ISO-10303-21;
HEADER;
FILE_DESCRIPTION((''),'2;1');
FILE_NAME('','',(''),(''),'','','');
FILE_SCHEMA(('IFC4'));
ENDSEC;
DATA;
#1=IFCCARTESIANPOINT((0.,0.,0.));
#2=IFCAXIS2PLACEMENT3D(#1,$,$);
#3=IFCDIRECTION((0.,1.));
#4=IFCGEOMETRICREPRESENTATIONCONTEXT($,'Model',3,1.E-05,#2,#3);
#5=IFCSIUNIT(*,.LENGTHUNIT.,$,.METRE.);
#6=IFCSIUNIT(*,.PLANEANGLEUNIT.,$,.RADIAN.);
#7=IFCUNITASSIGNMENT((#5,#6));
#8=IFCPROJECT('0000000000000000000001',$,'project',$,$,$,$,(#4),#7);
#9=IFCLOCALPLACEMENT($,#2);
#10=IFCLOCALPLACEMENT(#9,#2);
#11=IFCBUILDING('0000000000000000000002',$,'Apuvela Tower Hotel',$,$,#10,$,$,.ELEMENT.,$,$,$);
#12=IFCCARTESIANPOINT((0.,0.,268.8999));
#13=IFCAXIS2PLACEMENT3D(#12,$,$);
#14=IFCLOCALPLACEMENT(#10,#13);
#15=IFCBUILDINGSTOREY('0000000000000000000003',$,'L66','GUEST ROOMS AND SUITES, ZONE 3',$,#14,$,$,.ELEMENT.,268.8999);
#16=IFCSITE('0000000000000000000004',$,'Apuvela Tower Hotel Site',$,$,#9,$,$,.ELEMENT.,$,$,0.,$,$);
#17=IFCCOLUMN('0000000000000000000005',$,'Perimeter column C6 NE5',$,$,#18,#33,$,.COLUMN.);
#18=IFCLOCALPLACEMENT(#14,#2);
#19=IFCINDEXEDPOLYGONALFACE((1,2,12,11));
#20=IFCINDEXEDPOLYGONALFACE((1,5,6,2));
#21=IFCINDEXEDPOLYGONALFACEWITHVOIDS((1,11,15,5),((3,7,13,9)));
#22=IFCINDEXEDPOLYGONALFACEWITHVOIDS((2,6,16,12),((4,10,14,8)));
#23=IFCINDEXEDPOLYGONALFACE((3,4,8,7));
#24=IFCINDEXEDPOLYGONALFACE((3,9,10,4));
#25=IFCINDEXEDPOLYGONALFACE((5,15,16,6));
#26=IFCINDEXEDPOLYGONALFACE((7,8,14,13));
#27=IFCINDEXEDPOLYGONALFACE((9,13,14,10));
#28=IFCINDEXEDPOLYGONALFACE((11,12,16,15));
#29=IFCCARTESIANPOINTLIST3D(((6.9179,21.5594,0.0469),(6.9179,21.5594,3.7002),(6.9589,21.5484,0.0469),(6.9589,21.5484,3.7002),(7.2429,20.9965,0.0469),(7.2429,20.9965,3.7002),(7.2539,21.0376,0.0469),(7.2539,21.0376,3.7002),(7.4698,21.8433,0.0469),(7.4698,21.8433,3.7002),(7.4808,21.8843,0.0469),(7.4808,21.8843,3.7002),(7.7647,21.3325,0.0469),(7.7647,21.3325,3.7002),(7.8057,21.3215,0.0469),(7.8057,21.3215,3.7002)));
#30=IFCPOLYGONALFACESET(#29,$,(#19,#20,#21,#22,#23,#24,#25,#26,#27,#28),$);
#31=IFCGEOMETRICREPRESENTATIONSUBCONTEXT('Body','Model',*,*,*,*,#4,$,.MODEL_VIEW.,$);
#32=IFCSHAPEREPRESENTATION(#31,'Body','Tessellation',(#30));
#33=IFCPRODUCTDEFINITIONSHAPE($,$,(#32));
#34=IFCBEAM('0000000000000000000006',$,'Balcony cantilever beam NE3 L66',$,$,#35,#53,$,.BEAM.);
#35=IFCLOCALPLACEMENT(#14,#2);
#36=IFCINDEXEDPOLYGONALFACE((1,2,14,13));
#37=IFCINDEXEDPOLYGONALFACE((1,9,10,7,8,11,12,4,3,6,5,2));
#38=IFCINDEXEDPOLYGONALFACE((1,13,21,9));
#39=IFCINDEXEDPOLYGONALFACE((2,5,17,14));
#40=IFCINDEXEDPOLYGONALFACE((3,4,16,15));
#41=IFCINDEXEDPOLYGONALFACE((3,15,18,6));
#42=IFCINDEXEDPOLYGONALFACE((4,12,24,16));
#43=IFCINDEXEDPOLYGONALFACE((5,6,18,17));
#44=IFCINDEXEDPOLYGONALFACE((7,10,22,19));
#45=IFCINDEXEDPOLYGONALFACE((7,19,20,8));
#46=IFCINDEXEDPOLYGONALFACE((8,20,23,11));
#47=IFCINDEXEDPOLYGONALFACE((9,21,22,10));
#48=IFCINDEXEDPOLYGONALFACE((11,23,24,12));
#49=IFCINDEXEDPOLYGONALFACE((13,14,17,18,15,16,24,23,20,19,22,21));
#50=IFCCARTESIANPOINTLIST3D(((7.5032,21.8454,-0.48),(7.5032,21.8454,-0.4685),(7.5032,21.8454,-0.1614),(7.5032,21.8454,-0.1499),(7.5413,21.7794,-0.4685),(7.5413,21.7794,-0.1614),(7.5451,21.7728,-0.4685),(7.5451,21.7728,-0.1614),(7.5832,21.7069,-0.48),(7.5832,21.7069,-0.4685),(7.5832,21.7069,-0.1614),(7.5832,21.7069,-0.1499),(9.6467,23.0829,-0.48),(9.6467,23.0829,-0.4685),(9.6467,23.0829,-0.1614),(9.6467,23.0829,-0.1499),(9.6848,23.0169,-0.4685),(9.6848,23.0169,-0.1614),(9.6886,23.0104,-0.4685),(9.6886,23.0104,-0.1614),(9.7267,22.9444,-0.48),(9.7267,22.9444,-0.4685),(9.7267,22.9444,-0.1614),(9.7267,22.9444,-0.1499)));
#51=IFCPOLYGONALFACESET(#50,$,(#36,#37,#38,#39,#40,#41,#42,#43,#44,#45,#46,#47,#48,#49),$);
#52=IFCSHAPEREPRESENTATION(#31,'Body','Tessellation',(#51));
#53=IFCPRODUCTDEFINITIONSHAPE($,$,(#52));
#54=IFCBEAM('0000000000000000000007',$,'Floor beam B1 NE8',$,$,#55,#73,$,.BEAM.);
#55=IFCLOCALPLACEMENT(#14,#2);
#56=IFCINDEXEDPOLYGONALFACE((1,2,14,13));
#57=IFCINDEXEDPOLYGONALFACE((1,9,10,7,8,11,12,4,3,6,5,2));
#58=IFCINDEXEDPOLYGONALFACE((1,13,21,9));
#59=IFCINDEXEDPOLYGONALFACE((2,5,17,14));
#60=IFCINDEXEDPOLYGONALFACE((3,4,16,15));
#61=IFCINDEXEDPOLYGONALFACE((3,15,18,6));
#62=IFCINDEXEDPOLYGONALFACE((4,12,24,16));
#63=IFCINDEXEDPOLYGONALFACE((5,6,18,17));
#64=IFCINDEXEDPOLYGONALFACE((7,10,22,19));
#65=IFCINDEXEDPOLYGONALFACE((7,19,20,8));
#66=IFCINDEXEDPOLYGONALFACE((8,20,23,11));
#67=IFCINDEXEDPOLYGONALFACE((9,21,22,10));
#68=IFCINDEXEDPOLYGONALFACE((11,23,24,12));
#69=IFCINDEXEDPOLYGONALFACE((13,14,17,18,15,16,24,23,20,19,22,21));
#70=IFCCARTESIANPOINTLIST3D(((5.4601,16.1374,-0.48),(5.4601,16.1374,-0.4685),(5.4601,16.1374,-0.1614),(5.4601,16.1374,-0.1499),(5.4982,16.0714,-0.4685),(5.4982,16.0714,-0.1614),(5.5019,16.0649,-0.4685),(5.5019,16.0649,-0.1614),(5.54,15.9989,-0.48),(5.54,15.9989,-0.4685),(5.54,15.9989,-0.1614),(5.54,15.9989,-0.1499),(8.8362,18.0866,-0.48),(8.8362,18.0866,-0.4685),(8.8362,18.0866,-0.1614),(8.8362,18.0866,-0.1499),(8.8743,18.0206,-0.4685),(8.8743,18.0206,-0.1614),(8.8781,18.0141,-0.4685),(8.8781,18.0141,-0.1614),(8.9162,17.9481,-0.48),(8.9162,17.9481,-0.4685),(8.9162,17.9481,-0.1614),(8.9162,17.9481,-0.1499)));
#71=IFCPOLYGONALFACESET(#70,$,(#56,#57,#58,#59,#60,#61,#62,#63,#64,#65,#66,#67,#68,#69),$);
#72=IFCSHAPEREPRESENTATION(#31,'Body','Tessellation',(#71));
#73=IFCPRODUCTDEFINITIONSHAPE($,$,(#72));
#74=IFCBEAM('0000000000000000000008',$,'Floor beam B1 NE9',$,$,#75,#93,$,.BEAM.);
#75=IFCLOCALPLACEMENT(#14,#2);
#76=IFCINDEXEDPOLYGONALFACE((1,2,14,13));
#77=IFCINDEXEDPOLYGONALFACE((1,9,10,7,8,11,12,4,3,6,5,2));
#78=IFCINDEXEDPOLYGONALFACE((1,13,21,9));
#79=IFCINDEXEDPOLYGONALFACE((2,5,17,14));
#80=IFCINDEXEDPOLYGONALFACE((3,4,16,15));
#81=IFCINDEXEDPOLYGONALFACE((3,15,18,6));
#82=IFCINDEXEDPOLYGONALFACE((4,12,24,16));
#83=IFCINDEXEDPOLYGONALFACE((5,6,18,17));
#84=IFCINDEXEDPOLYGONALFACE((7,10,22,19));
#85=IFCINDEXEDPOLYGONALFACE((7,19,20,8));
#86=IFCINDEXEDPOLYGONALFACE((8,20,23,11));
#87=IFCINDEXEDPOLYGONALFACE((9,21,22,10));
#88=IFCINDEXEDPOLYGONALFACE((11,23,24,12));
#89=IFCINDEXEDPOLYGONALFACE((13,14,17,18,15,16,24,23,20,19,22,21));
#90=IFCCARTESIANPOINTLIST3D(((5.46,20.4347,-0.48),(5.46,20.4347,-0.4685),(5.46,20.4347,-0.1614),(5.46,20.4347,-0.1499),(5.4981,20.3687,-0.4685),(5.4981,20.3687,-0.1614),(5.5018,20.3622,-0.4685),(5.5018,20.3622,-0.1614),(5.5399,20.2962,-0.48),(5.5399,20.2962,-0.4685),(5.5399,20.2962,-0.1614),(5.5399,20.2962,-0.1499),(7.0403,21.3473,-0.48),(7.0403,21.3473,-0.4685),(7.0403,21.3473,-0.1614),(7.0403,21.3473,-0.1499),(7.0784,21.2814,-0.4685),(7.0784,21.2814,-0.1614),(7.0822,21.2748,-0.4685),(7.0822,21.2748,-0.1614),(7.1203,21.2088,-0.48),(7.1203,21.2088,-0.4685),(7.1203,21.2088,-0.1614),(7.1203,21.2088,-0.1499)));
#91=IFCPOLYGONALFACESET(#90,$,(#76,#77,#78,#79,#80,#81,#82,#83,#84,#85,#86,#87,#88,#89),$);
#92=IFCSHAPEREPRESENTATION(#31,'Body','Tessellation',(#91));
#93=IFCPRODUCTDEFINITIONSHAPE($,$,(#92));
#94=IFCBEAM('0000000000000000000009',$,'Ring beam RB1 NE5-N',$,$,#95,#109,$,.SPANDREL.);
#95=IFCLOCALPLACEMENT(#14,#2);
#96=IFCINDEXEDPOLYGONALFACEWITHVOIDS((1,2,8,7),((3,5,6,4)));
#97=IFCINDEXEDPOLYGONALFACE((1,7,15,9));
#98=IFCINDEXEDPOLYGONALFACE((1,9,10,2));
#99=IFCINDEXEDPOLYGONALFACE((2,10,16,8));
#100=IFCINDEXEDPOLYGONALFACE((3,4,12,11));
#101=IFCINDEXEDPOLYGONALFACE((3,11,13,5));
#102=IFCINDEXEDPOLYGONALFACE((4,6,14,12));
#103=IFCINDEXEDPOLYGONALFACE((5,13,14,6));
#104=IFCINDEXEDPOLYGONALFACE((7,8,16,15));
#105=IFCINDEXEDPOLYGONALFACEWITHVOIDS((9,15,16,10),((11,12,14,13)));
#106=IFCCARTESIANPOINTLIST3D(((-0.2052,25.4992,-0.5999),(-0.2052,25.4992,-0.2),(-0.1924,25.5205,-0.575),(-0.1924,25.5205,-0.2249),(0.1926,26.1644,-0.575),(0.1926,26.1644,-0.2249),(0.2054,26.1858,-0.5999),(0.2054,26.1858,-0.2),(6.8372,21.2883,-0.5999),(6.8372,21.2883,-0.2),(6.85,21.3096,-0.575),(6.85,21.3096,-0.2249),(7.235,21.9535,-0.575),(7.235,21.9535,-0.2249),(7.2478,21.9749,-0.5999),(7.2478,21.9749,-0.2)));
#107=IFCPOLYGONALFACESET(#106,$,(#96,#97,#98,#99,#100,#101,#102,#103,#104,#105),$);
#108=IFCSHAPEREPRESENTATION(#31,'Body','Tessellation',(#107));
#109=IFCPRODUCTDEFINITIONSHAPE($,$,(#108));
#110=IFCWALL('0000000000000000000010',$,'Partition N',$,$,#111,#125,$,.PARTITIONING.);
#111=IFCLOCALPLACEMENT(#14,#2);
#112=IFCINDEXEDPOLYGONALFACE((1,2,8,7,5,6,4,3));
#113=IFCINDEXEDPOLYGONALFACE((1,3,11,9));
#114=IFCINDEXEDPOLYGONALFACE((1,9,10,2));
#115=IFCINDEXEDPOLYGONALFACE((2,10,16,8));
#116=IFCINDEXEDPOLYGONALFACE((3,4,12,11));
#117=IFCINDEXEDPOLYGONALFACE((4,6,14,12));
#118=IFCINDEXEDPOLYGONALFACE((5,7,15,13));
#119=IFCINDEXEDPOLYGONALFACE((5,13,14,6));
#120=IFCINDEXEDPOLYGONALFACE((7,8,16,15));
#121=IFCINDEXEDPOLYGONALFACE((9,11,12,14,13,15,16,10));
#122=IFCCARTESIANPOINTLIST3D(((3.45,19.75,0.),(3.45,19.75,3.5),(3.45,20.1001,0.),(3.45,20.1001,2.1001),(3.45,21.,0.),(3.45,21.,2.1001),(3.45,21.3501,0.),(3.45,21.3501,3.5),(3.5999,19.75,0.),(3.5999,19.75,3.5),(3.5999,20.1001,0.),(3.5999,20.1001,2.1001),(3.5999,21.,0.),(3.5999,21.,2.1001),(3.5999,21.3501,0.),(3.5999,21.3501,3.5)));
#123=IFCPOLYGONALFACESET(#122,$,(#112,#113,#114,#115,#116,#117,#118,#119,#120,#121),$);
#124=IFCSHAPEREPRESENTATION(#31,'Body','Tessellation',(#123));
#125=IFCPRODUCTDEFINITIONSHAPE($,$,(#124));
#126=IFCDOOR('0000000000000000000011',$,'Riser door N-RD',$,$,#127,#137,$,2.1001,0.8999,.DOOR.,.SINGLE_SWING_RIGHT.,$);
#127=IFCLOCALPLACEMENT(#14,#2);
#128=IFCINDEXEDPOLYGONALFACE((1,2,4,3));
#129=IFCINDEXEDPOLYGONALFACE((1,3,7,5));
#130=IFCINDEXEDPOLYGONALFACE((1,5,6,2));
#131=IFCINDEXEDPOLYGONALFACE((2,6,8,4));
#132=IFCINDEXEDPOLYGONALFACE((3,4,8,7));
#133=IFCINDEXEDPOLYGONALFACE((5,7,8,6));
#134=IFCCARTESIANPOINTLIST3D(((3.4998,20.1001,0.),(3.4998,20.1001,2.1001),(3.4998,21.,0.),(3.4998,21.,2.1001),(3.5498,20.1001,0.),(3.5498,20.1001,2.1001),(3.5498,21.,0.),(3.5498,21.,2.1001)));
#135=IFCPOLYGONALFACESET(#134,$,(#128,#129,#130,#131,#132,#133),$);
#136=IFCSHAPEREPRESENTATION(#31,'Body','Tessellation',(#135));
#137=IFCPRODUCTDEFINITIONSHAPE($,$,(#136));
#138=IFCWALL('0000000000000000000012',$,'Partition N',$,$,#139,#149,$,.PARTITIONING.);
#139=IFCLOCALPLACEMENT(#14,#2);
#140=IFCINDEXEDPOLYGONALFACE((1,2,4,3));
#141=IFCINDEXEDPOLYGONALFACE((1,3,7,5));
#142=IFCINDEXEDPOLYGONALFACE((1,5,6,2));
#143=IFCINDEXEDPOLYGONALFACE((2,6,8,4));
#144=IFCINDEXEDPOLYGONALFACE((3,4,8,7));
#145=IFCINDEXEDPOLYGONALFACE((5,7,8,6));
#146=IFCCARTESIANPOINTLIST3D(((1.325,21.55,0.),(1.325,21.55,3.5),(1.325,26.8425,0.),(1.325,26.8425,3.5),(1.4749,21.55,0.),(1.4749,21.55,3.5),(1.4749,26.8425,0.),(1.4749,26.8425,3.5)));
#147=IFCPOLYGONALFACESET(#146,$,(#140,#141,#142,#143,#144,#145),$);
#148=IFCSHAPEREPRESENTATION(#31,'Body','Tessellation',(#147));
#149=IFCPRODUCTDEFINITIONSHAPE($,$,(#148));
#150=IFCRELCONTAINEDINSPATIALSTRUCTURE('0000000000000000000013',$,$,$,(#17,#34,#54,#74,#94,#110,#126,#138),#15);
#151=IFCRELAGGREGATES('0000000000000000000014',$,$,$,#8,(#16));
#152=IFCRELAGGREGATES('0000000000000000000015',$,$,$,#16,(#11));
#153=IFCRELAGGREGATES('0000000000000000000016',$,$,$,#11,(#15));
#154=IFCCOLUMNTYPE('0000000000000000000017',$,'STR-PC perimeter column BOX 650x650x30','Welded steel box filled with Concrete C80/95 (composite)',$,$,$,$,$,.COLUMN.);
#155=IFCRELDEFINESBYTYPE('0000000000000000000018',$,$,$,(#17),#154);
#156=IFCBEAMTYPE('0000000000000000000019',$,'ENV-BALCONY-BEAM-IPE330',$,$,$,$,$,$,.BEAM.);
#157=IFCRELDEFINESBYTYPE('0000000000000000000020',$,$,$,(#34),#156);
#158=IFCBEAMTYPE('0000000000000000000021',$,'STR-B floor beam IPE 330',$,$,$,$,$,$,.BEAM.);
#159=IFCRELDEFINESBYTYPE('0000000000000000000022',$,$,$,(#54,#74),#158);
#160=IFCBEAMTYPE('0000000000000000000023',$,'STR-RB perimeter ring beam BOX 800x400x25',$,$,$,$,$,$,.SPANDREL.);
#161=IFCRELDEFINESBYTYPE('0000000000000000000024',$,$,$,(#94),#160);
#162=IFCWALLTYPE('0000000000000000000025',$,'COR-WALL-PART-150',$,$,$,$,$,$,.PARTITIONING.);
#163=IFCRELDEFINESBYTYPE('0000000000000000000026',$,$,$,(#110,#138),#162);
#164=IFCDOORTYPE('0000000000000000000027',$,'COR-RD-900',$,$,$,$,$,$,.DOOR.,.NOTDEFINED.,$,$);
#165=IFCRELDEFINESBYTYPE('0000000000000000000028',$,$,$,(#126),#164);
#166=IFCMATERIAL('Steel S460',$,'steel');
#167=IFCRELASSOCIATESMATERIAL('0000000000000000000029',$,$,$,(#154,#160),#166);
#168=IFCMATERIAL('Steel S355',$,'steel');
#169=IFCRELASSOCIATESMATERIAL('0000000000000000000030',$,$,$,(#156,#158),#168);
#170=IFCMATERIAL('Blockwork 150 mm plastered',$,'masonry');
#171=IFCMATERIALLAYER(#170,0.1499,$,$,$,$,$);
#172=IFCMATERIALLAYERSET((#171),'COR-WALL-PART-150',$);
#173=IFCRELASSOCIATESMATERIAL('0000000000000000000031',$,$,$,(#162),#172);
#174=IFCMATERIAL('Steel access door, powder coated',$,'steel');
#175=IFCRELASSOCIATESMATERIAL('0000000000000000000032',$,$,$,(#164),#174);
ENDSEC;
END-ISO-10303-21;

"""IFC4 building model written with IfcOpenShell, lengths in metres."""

from ifc_helpers import new_model, si_unit, direction, frame, frame_2d, origin, origin_2d, place, context, subcontext, project, spatial, rectangle, hollow_rectangle, i_section, extrude, boolean, halfspace, material, layer, layer_set, material_profile, profile_set, type_object, element, fill, save


model = new_model("IFC4")

# Units and contexts
model_context = context("Model", 3, precision=1e-05, world=origin(), true_north=direction((0.0, 1.0)))
body_context = subcontext(model_context, "Body", "Model", "MODEL_VIEW")
ifc_project = project(units=[si_unit("LENGTHUNIT", "METRE"), si_unit("PLANEANGLEUNIT", "RADIAN")], contexts=[model_context])

# Site, building, storey
site_placement = place(None, origin())
site = spatial("IfcSite", under=ifc_project, at=site_placement, Name="Apuvela Tower Hotel Site", CompositionType="ELEMENT", RefElevation=0.0)
building_placement = place(site_placement, origin())
building = spatial("IfcBuilding", under=site, at=building_placement, Name="Apuvela Tower Hotel", CompositionType="ELEMENT")
storey_placement = place(building_placement, frame((0.0, 0.0, 268.8999)))
storey = spatial("IfcBuildingStorey", under=building, at=storey_placement, Name="L66", Description="GUEST ROOMS AND SUITES, ZONE 3", CompositionType="ELEMENT", Elevation=268.8999)

# Column
ifc_material_1 = material(Name="Steel S460", Category="steel")
ifc_material_profile_1 = material_profile(ifc_material_1, hollow_rectangle(XDim=0.6499, YDim=0.6499, WallThickness=0.03, at=origin_2d()), Name="BOX 650x650x30")
ifc_material_2 = material(Name="Concrete C80/95", Category="concrete")
ifc_material_profile_2 = material_profile(ifc_material_2, rectangle(XDim=0.5901, YDim=0.5901, at=origin_2d()), Name="Concrete C80/95 infill")
ifc_profile_set_1 = profile_set([ifc_material_profile_1, ifc_material_profile_2], Name="Steel S460")
column_type = type_object("IfcColumnType", Name="STR-PC perimeter column BOX 650x650x30", Description="Welded steel box filled with Concrete C80/95 (composite)", PredefinedType="COLUMN", material=ifc_profile_set_1)
column_placement = place(storey_placement, frame((7.3618, 21.4404, 0.0), z_axis=(0.0, 0.0, 1.0), x_axis=(-0.5, 0.866025, 0.0)))
element("IfcColumn", 1, at=column_placement, inside=storey, type_object=column_type, Name="Perimeter column C6 NE5", PredefinedType="COLUMN", context=body_context, shape_type="SweptSolid", body=[
    boolean("DIFFERENCE", extrude(hollow_rectangle(XDim=0.6499, YDim=0.6499, WallThickness=0.03, at=origin_2d()), origin(), (0.0, 0.0, 1.0), 3.7002), halfspace(frame((0.0, 0.0, 0.0469), z_axis=(0.0, 0.0, 1.0), x_axis=(1.0, 0.0, 0.0)), True)),
])

# Beams
ifc_material_3 = material(Name="Steel S355", Category="steel")
ifc_material_profile_3 = material_profile(ifc_material_3, i_section(OverallWidth=0.1599, OverallDepth=0.3301, WebThickness=0.0076, FlangeThickness=0.0115, at=origin_2d()), Name="IPE 330")
ifc_profile_set_2 = profile_set([ifc_material_profile_3], Name="Steel S355")
beam_type_1 = type_object("IfcBeamType", Name="ENV-BALCONY-BEAM-IPE330", PredefinedType="BEAM", material=ifc_profile_set_2)
beam_1_placement = place(storey_placement, frame((7.5432, 21.7761, -0.3149), z_axis=(0.866031, 0.49999, 0.0), x_axis=(-0.49999, 0.866031, 0.0)))
element("IfcBeam", 2, at=beam_1_placement, inside=storey, type_object=beam_type_1, Name="Balcony cantilever beam NE3 L66", PredefinedType="BEAM", context=body_context, shape_type="SweptSolid", body=[
    extrude(i_section(OverallWidth=0.1599, OverallDepth=0.3301, WebThickness=0.0076, FlangeThickness=0.0115, at=origin_2d()), origin(), (0.0, 0.0, 1.0), 2.4751),
])
ifc_material_profile_4 = material_profile(ifc_material_3, i_section(OverallWidth=0.1599, OverallDepth=0.3301, WebThickness=0.0076, FlangeThickness=0.0115, at=origin_2d()), Name="IPE 330")
ifc_profile_set_3 = profile_set([ifc_material_profile_4], Name="Steel S355")
beam_type_2 = type_object("IfcBeamType", Name="STR-B floor beam IPE 330", PredefinedType="BEAM", material=ifc_profile_set_3)
beam_2_placement = place(storey_placement, frame((8.8762, 18.0173, -0.3149), z_axis=(-0.86603, -0.499992, 0.0), x_axis=(0.499992, -0.86603, 0.0)))
element("IfcBeam", 3, at=beam_2_placement, inside=storey, type_object=beam_type_2, Name="Floor beam B1 NE8", PredefinedType="BEAM", context=body_context, shape_type="SweptSolid", body=[
    extrude(i_section(OverallWidth=0.1599, OverallDepth=0.3301, WebThickness=0.0076, FlangeThickness=0.0115, at=origin_2d()), origin(), (0.0, 0.0, 1.0), 3.8984),
])
beam_3_placement = place(storey_placement, frame((7.0803, 21.2781, -0.3149), z_axis=(-0.865978, -0.500081, 0.0), x_axis=(0.500081, -0.865978, 0.0)))
element("IfcBeam", 4, at=beam_3_placement, inside=storey, type_object=beam_type_2, Name="Floor beam B1 NE9", PredefinedType="BEAM", context=body_context, shape_type="SweptSolid", body=[
    extrude(i_section(OverallWidth=0.1599, OverallDepth=0.3301, WebThickness=0.0076, FlangeThickness=0.0115, at=origin_2d()), origin(), (0.0, 0.0, 1.0), 1.825),
])
ifc_material_profile_5 = material_profile(ifc_material_1, hollow_rectangle(XDim=0.8, YDim=0.3999, WallThickness=0.0249, at=origin_2d()), Name="BOX 800x400x25")
ifc_profile_set_4 = profile_set([ifc_material_profile_5], Name="Steel S460")
beam_type_3 = type_object("IfcBeamType", Name="STR-RB perimeter ring beam BOX 800x400x25", PredefinedType="SPANDREL", material=ifc_profile_set_4)
beam_4_placement = place(storey_placement, frame((7.0425, 21.6316, -0.3999), z_axis=(-0.858274, 0.513191, 0.0), x_axis=(-0.513191, -0.858274, 0.0)))
element("IfcBeam", 5, at=beam_4_placement, inside=storey, type_object=beam_type_3, Name="Ring beam RB1 NE5-N", PredefinedType="SPANDREL", context=body_context, shape_type="SweptSolid", body=[
    extrude(hollow_rectangle(XDim=0.8, YDim=0.3999, WallThickness=0.0249, at=origin_2d()), origin(), (0.0, 0.0, 1.0), 8.2053),
])

# Wall, opening, door
ifc_material_4 = material(Name="Blockwork 150 mm plastered", Category="masonry")
ifc_layer_1 = layer(ifc_material_4, 0.1499)
ifc_layer_set_1 = layer_set([ifc_layer_1], Name="COR-WALL-PART-150")
wall_type_1 = type_object("IfcWallType", Name="COR-WALL-PART-150", PredefinedType="PARTITIONING", material=ifc_layer_set_1)
wall_1_placement = place(storey_placement, frame((3.5249, 19.75, 0.0), z_axis=(0.0, 0.0, 1.0), x_axis=(0.0, 1.0, 0.0)))
wall_1 = element("IfcWall", 6, at=wall_1_placement, inside=storey, type_object=wall_type_1, Name="Partition N", PredefinedType="PARTITIONING", context=body_context, shape_type="SweptSolid", body=[
    extrude(rectangle(XDim=1.6001, YDim=0.1499, at=frame_2d((0.8, 0.0))), origin(), (0.0, 0.0, 1.0), 3.5),
])
opening_1_placement = place(wall_1_placement, frame((0.3501, 0.0, 0.0)))
opening_1 = element("IfcOpeningElement", 7, at=opening_1_placement, cuts=wall_1, PredefinedType="OPENING", context=body_context, shape_type="SweptSolid", body=[
    extrude(rectangle(XDim=0.8999, YDim=2.1001, at=frame_2d((0.45, 1.05))), frame((0.0, 0.085, 0.0), z_axis=(0.0, -1.0, 0.0), x_axis=(1.0, 0.0, 0.0)), (0.0, 0.0, 1.0), 0.1699),
])
ifc_material_5 = material(Name="Steel access door, powder coated", Category="steel")
door_type_1 = type_object("IfcDoorType", Name="COR-RD-900", OperationType="NOTDEFINED", PredefinedType="DOOR", material=ifc_material_5)
door_1_placement = place(opening_1_placement, frame((0.8999, 0.0, 0.0), z_axis=(0.0, 0.0, 1.0), x_axis=(-1.0, 0.0, 0.0)))
door_1 = element("IfcDoor", 8, at=door_1_placement, inside=storey, type_object=door_type_1, Name="Riser door N-RD", OperationType="SINGLE_SWING_RIGHT", OverallHeight=2.1001, OverallWidth=0.8999, PredefinedType="DOOR", context=body_context, shape_type="SweptSolid", body=[
    extrude(rectangle(XDim=0.8999, YDim=2.1001, at=frame_2d((0.45, 1.05))), frame((0.0, 0.0249, 0.0), z_axis=(0.0, -1.0, 0.0), x_axis=(1.0, 0.0, 0.0)), (0.0, 0.0, 1.0), 0.05),
])
fill(opening_1, door_1)

# Wall
wall_2_placement = place(storey_placement, frame((1.3999, 21.55, 0.0), z_axis=(0.0, 0.0, 1.0), x_axis=(0.0, 1.0, 0.0)))
element("IfcWall", 9, at=wall_2_placement, inside=storey, type_object=wall_type_1, Name="Partition N", PredefinedType="PARTITIONING", context=body_context, shape_type="SweptSolid", body=[
    extrude(rectangle(XDim=5.2925, YDim=0.1499, at=frame_2d((2.6462, 0.0))), origin(), (0.0, 0.0, 1.0), 3.5),
])

save(model, "model.ifc")
